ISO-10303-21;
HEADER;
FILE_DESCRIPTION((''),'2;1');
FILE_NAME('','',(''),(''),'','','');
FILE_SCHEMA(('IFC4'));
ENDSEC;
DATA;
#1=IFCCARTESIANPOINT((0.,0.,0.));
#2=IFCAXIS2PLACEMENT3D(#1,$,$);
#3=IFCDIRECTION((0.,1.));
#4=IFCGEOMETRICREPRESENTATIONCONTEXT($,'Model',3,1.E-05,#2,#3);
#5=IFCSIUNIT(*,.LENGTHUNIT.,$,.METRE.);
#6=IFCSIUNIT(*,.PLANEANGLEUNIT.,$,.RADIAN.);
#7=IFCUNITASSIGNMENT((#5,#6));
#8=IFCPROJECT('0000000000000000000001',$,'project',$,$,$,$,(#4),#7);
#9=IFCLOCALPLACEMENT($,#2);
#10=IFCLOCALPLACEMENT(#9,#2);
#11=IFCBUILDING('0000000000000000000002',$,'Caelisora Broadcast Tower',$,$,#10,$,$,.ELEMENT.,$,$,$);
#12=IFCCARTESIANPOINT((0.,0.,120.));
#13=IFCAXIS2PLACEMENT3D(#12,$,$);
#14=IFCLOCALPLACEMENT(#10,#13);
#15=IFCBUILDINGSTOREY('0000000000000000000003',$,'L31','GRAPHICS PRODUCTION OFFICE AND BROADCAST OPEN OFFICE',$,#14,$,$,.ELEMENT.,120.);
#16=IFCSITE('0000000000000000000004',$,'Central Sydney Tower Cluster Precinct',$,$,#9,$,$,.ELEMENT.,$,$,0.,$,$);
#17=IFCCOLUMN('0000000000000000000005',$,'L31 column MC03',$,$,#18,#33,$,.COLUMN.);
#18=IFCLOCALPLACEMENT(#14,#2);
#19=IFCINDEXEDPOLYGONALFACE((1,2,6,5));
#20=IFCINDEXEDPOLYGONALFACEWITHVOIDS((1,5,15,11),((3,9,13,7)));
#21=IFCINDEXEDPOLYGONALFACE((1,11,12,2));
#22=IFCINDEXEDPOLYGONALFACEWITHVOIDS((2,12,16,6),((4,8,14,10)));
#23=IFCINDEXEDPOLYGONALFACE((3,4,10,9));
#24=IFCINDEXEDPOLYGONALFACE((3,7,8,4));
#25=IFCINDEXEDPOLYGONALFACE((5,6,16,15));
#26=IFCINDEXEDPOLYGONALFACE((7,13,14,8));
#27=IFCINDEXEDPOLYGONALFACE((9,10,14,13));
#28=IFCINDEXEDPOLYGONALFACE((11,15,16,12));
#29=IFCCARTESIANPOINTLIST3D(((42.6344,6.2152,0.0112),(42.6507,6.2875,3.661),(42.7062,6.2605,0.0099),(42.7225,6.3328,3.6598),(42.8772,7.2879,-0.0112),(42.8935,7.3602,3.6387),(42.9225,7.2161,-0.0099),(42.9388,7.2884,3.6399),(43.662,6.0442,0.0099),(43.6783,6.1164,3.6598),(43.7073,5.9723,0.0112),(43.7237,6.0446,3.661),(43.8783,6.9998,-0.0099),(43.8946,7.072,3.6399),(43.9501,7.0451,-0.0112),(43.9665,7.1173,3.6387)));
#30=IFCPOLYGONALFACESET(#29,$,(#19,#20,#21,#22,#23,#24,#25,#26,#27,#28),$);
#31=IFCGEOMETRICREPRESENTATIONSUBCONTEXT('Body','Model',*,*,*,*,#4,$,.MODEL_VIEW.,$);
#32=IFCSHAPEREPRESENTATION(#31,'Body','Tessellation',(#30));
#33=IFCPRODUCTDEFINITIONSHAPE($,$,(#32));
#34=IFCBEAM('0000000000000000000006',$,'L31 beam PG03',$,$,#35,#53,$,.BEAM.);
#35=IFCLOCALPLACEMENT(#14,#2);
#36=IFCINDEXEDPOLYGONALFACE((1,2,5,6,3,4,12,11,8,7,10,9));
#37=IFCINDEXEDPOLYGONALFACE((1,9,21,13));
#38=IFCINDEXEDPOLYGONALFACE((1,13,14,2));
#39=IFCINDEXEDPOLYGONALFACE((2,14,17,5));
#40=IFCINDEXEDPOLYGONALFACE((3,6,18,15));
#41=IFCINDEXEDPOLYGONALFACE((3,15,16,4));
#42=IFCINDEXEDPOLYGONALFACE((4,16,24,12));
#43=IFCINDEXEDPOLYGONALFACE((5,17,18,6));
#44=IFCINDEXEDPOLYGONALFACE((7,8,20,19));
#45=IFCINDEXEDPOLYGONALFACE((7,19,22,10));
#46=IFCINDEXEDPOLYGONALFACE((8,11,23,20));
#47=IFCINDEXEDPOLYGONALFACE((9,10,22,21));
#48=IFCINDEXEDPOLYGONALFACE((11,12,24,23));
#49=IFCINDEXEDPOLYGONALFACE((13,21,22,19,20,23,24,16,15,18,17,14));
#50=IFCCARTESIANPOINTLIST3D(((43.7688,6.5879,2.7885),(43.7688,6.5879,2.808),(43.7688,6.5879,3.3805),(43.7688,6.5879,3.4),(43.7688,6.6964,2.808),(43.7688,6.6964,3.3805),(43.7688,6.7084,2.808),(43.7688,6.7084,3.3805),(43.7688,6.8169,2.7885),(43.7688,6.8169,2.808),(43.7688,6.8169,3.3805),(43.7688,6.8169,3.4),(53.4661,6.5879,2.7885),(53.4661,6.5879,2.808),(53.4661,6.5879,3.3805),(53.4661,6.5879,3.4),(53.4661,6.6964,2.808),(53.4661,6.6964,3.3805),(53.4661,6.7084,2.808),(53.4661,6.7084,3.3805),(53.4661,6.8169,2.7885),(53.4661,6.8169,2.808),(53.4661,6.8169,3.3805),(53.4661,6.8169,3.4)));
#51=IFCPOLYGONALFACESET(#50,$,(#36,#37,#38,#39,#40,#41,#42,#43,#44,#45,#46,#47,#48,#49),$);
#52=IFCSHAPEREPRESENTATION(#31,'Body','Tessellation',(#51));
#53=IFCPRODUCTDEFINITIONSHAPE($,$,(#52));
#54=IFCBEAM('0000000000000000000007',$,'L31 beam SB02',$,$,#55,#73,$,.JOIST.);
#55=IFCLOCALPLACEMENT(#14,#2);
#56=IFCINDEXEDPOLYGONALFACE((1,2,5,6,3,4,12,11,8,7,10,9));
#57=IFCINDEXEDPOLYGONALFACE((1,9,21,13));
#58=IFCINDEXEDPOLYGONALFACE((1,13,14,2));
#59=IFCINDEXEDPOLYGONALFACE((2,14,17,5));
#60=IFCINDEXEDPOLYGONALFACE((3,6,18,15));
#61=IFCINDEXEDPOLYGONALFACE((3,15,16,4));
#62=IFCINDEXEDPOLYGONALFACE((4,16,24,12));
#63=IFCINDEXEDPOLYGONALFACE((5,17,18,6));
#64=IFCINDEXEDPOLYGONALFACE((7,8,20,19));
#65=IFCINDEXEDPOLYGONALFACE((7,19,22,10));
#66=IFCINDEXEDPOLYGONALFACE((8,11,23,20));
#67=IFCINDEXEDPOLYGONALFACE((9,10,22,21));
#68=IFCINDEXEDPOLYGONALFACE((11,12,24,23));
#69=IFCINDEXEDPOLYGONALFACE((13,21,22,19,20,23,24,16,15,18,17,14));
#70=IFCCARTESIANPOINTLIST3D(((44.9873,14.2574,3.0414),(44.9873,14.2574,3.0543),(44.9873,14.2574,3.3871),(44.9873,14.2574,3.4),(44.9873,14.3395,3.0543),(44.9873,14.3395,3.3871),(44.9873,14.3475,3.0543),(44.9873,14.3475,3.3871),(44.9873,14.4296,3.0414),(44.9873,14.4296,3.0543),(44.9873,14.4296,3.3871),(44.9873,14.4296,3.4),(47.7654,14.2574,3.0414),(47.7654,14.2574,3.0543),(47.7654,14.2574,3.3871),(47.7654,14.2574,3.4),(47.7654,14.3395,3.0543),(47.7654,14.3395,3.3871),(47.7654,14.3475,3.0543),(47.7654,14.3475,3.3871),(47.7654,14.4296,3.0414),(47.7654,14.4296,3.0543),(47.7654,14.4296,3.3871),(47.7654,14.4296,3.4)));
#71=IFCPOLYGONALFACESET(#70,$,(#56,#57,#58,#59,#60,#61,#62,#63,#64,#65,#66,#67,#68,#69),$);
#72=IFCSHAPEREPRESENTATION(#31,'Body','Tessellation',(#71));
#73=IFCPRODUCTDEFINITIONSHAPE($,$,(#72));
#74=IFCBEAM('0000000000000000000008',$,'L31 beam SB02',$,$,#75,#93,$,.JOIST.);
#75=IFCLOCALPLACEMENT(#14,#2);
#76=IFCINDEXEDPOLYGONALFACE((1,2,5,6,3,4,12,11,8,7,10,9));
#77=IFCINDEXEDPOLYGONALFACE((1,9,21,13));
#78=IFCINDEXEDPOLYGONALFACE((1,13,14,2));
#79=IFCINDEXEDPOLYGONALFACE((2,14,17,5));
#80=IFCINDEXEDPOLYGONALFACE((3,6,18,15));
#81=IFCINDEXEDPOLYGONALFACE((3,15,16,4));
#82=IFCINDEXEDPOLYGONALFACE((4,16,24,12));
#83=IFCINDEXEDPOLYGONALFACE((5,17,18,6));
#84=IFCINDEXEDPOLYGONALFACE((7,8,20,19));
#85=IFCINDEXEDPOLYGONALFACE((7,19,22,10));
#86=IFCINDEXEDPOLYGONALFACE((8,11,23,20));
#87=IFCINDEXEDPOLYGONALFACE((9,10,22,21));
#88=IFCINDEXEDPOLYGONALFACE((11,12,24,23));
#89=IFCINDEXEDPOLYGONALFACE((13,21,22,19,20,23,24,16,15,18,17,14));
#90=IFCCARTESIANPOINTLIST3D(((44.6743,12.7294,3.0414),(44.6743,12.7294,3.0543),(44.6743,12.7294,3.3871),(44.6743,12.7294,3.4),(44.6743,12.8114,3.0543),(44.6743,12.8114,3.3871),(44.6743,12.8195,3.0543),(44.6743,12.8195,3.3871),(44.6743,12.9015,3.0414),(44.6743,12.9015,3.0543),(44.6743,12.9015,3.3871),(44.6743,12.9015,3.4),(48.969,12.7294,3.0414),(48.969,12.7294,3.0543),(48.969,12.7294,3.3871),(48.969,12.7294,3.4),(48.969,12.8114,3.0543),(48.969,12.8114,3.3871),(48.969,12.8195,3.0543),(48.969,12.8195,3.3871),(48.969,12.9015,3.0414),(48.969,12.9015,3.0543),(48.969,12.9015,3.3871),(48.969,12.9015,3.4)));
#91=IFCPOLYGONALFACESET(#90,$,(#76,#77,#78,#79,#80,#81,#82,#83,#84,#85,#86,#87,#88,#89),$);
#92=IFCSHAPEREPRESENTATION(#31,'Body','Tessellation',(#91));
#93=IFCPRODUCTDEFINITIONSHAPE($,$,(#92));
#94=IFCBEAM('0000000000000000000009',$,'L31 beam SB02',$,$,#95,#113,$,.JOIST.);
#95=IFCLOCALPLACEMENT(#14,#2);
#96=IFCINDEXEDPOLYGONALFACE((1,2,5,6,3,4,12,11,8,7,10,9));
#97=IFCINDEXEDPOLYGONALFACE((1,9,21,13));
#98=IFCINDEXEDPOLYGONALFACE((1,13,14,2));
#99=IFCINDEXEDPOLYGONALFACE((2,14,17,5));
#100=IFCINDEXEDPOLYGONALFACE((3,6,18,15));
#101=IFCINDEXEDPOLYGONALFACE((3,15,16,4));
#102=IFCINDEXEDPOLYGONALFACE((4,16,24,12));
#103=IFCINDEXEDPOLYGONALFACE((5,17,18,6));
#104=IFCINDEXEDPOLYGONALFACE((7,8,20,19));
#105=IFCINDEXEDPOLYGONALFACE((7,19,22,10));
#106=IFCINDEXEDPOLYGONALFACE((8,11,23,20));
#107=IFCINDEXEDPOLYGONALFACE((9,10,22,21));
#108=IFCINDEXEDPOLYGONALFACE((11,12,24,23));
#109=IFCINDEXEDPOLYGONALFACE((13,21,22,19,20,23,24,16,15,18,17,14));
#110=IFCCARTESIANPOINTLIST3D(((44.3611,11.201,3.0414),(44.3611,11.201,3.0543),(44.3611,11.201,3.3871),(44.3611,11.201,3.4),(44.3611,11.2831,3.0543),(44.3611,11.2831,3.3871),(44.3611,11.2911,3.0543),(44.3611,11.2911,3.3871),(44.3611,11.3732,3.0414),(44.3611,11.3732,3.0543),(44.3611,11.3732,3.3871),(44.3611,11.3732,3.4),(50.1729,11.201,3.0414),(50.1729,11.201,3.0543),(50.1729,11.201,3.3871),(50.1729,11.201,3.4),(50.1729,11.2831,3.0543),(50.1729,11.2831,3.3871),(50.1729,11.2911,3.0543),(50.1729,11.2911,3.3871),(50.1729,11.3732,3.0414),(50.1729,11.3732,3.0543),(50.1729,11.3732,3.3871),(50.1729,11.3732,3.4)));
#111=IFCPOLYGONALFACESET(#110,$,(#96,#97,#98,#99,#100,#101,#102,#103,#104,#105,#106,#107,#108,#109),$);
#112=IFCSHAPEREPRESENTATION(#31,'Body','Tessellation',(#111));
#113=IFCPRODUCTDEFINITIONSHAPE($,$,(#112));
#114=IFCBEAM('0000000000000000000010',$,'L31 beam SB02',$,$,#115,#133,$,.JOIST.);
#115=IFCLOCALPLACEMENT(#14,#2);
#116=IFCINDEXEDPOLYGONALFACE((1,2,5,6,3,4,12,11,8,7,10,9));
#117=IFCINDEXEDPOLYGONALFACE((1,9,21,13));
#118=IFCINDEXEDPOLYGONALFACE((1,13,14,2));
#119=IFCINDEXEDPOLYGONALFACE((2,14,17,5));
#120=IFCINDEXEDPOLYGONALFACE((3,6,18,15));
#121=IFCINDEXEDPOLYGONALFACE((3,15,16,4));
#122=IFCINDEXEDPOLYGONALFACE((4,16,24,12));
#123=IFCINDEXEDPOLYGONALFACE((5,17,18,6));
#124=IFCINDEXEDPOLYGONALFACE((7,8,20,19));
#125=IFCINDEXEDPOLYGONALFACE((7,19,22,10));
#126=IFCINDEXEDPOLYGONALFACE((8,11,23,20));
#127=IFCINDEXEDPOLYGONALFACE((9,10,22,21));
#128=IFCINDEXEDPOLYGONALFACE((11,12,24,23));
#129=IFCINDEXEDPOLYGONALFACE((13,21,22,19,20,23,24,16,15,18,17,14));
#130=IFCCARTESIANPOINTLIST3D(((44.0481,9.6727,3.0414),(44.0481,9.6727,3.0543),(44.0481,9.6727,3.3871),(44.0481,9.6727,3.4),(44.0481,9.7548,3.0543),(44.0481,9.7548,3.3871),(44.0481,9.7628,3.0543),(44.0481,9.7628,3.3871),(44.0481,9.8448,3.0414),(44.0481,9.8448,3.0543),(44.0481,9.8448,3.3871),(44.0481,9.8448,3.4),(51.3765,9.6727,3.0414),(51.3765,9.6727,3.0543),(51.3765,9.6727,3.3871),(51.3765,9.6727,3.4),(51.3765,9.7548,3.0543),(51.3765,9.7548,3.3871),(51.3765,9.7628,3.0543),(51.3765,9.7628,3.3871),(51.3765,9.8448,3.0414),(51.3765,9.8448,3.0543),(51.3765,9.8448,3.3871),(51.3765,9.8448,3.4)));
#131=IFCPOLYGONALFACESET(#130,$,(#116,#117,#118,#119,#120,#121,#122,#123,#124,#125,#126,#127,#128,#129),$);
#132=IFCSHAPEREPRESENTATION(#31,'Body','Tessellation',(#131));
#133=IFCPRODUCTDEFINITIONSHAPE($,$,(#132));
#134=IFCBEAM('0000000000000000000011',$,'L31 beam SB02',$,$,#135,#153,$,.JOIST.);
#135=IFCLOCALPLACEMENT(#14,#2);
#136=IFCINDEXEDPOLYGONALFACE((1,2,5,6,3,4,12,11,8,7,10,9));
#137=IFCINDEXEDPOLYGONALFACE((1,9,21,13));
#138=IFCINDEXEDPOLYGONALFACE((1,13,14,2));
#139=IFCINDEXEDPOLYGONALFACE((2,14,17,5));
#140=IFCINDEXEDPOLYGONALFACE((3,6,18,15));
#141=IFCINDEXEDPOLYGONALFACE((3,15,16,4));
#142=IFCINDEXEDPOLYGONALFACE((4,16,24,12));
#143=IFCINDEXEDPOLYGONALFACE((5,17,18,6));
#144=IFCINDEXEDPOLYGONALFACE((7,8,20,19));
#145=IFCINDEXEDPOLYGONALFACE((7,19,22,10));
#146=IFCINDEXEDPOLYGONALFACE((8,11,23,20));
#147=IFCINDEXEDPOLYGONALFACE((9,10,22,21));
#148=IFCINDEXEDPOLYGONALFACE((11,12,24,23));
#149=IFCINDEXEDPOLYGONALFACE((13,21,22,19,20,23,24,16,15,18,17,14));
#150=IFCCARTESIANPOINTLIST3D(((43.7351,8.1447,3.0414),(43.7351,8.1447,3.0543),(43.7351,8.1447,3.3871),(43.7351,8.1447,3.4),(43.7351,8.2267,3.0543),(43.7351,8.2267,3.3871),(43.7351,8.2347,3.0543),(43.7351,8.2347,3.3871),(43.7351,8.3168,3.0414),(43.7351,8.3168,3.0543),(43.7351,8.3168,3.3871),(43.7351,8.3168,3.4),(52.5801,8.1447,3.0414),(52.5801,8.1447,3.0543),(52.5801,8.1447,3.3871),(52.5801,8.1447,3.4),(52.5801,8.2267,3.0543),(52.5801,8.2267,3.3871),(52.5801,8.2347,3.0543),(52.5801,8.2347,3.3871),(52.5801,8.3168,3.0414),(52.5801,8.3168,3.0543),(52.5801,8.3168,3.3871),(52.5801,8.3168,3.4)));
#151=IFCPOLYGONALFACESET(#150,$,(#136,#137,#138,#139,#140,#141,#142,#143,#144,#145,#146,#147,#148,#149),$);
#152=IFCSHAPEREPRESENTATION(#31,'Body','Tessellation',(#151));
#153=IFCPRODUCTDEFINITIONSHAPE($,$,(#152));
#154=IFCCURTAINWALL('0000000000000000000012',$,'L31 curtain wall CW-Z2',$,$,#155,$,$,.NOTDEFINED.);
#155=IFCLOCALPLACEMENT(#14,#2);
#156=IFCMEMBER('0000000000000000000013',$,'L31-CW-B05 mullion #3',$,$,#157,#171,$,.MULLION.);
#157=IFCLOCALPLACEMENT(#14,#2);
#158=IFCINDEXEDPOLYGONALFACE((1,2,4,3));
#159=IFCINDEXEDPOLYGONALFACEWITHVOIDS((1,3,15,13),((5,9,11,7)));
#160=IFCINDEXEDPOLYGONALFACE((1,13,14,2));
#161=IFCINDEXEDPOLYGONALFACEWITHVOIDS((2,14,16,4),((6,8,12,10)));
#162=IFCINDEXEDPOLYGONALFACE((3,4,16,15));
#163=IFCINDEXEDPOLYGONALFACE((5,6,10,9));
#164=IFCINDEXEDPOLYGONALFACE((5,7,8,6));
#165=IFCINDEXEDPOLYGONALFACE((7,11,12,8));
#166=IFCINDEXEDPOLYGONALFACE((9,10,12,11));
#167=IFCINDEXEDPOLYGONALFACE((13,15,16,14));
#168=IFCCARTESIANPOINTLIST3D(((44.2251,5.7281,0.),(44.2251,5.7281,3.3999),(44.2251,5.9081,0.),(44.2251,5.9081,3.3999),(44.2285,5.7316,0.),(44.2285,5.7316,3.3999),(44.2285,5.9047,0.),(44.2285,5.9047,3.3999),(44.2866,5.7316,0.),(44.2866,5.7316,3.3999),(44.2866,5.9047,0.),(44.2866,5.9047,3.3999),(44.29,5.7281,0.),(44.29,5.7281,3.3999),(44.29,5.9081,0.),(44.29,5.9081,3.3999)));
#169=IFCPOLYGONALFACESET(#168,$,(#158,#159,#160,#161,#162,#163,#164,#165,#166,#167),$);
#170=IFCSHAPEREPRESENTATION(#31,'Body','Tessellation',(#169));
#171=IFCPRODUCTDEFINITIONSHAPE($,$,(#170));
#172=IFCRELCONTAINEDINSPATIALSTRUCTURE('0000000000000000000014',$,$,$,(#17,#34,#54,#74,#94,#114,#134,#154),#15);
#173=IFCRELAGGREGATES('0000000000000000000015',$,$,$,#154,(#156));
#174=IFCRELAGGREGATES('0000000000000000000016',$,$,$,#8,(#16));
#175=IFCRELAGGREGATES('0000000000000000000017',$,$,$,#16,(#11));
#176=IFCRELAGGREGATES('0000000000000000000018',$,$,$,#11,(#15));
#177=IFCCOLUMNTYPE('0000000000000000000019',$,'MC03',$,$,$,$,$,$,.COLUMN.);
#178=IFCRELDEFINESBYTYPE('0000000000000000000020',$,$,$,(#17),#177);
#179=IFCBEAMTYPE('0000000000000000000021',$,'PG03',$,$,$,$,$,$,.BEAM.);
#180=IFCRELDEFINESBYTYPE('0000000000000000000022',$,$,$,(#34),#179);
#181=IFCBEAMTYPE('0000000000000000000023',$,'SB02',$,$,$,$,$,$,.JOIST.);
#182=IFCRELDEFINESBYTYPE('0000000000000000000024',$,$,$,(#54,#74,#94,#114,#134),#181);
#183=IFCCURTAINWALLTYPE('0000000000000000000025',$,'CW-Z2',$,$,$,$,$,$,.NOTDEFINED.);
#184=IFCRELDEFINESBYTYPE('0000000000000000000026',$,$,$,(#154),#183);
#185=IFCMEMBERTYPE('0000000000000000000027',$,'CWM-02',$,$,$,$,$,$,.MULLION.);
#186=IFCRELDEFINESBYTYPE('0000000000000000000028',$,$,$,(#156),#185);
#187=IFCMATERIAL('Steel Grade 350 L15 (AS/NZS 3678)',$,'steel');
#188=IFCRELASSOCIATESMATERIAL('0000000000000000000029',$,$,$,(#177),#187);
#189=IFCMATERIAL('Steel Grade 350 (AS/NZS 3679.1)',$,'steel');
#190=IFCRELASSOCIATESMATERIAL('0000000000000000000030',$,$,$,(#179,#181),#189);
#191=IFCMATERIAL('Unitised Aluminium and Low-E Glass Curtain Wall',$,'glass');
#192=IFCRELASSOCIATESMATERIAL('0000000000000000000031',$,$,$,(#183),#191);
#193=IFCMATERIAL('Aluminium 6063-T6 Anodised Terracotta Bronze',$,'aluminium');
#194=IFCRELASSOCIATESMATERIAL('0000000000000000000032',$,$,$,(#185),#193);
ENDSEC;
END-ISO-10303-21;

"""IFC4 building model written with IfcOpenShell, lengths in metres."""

from ifc_helpers import new_model, si_unit, direction, frame, origin, origin_2d, place, context, subcontext, project, spatial, hollow_rectangle, i_section, extrude, source, transform, mapped, material, material_profile, profile_set, type_object, type_shapes, element, aggregate, save


model = new_model("IFC4")

# Units and contexts
model_context = context("Model", 3, precision=1e-05, world=origin(), true_north=direction((0.0, 1.0)))
body_context = subcontext(model_context, "Body", "Model", "MODEL_VIEW")
ifc_project = project(units=[si_unit("LENGTHUNIT", "METRE"), si_unit("PLANEANGLEUNIT", "RADIAN")], contexts=[model_context])

# Site, building, storey
site_placement = place(None, origin())
site = spatial("IfcSite", under=ifc_project, at=site_placement, Name="Central Sydney Tower Cluster Precinct", CompositionType="ELEMENT", RefElevation=0.0)
building_placement = place(site_placement, origin())
building = spatial("IfcBuilding", under=site, at=building_placement, Name="Caelisora Broadcast Tower", CompositionType="ELEMENT")
storey_placement = place(building_placement, frame((0.0, 0.0, 120.0)))
storey = spatial("IfcBuildingStorey", under=building, at=storey_placement, Name="L31", Description="GRAPHICS PRODUCTION OFFICE AND BROADCAST OPEN OFFICE", CompositionType="ELEMENT", Elevation=120.0)

# Column
ifc_material_1 = material(Name="Steel Grade 350 L15 (AS/NZS 3678)", Category="steel")
ifc_material_profile_1 = material_profile(ifc_material_1, hollow_rectangle(XDim=1.1001, YDim=1.1001, WallThickness=0.0601, at=origin_2d()), Name="Steel Grade 350 L15 (AS/NZS 3678)")
ifc_profile_set_1 = profile_set([ifc_material_profile_1], Name="Steel Grade 350 L15 (AS/NZS 3678)")
column_type = type_object("IfcColumnType", Name="MC03", PredefinedType="COLUMN", material=ifc_profile_set_1)
shared_shape_1 = source(origin(), body_context, "Body", "SweptSolid", [
    extrude(hollow_rectangle(XDim=1.1001, YDim=1.1001, WallThickness=0.0601, at=origin_2d()), origin(), (0.0, 0.0, 1.0), 3.6506),
])
type_shapes(column_type, [shared_shape_1])
column_placement = place(storey_placement, frame((43.2922, 6.6301, 0.0), z_axis=(0.004481, 0.019795, 0.999794), x_axis=(-0.975327, 0.220767, 0.0)))
element("IfcColumn", 1, at=column_placement, inside=storey, type_object=column_type, Name="L31 column MC03", PredefinedType="COLUMN", context=body_context, shape_type="MappedRepresentation", body=[
    mapped(shared_shape_1, transform((0.0, 0.0, 0.0), scale=1.0)),
])

# Beams
ifc_material_2 = material(Name="Steel Grade 350 (AS/NZS 3679.1)", Category="steel")
ifc_material_profile_2 = material_profile(ifc_material_2, i_section(OverallWidth=0.229, OverallDepth=0.6116, WebThickness=0.012, FlangeThickness=0.0195, at=origin_2d()), Name="Steel Grade 350 (AS/NZS 3679.1)")
ifc_profile_set_2 = profile_set([ifc_material_profile_2], Name="Steel Grade 350 (AS/NZS 3679.1)")
beam_type_1 = type_object("IfcBeamType", Name="PG03", PredefinedType="BEAM", material=ifc_profile_set_2)
shared_shape_2 = source(origin(), body_context, "Body", "SweptSolid", [
    extrude(i_section(OverallWidth=0.229, OverallDepth=0.6116, WebThickness=0.012, FlangeThickness=0.0195, at=origin_2d()), origin(), (0.0, 0.0, 1.0), 9.6973),
])
type_shapes(beam_type_1, [shared_shape_2])
beam_1_placement = place(storey_placement, frame((43.7688, 6.7024, 3.0942), z_axis=(1.0, 0.0, 0.0), x_axis=(0.0, 1.0, 0.0)))
element("IfcBeam", 2, at=beam_1_placement, inside=storey, type_object=beam_type_1, Name="L31 beam PG03", PredefinedType="BEAM", context=body_context, shape_type="MappedRepresentation", body=[
    mapped(shared_shape_2, transform((0.0, 0.0, 0.0), scale=1.0)),
])
ifc_material_profile_3 = material_profile(ifc_material_2, i_section(OverallWidth=0.1721, OverallDepth=0.3586, WebThickness=0.0081, FlangeThickness=0.0129, at=origin_2d()), Name="Steel Grade 350 (AS/NZS 3679.1)")
ifc_profile_set_3 = profile_set([ifc_material_profile_3], Name="Steel Grade 350 (AS/NZS 3679.1)")
beam_type_2 = type_object("IfcBeamType", Name="SB02", PredefinedType="JOIST", material=ifc_profile_set_3)
shared_shape_3 = source(origin(), body_context, "Body", "SweptSolid", [
    extrude(i_section(OverallWidth=0.1721, OverallDepth=0.3586, WebThickness=0.0081, FlangeThickness=0.0129, at=origin_2d()), origin(), (0.0, 0.0, 1.0), 2.7781),
])
beam_2_placement = place(storey_placement, frame((44.9873, 14.3435, 3.2207), z_axis=(1.0, 0.0, 0.0), x_axis=(0.0, 1.0, 0.0)))
element("IfcBeam", 3, at=beam_2_placement, inside=storey, type_object=beam_type_2, Name="L31 beam SB02", PredefinedType="JOIST", context=body_context, shape_type="MappedRepresentation", body=[
    mapped(shared_shape_3, transform((0.0, 0.0, 0.0), scale=1.0)),
])
shared_shape_4 = source(origin(), body_context, "Body", "SweptSolid", [
    extrude(i_section(OverallWidth=0.1721, OverallDepth=0.3586, WebThickness=0.0081, FlangeThickness=0.0129, at=origin_2d()), origin(), (0.0, 0.0, 1.0), 4.2947),
])
beam_3_placement = place(storey_placement, frame((44.6743, 12.8154, 3.2207), z_axis=(1.0, 0.0, 0.0), x_axis=(0.0, 1.0, 0.0)))
element("IfcBeam", 4, at=beam_3_placement, inside=storey, type_object=beam_type_2, Name="L31 beam SB02", PredefinedType="JOIST", context=body_context, shape_type="MappedRepresentation", body=[
    mapped(shared_shape_4, transform((0.0, 0.0, 0.0), scale=1.0)),
])
shared_shape_5 = source(origin(), body_context, "Body", "SweptSolid", [
    extrude(i_section(OverallWidth=0.1721, OverallDepth=0.3586, WebThickness=0.0081, FlangeThickness=0.0129, at=origin_2d()), origin(), (0.0, 0.0, 1.0), 5.8118),
])
beam_4_placement = place(storey_placement, frame((44.3611, 11.2871, 3.2207), z_axis=(1.0, 0.0, 0.0), x_axis=(0.0, 1.0, 0.0)))
element("IfcBeam", 5, at=beam_4_placement, inside=storey, type_object=beam_type_2, Name="L31 beam SB02", PredefinedType="JOIST", context=body_context, shape_type="MappedRepresentation", body=[
    mapped(shared_shape_5, transform((0.0, 0.0, 0.0), scale=1.0)),
])
shared_shape_6 = source(origin(), body_context, "Body", "SweptSolid", [
    extrude(i_section(OverallWidth=0.1721, OverallDepth=0.3586, WebThickness=0.0081, FlangeThickness=0.0129, at=origin_2d()), origin(), (0.0, 0.0, 1.0), 7.3284),
])
beam_5_placement = place(storey_placement, frame((44.0481, 9.7588, 3.2207), z_axis=(1.0, 0.0, 0.0), x_axis=(0.0, 1.0, 0.0)))
element("IfcBeam", 6, at=beam_5_placement, inside=storey, type_object=beam_type_2, Name="L31 beam SB02", PredefinedType="JOIST", context=body_context, shape_type="MappedRepresentation", body=[
    mapped(shared_shape_6, transform((0.0, 0.0, 0.0), scale=1.0)),
])
shared_shape_7 = source(origin(), body_context, "Body", "SweptSolid", [
    extrude(i_section(OverallWidth=0.1721, OverallDepth=0.3586, WebThickness=0.0081, FlangeThickness=0.0129, at=origin_2d()), origin(), (0.0, 0.0, 1.0), 8.845),
])
type_shapes(beam_type_2, [shared_shape_3, shared_shape_4, shared_shape_5, shared_shape_6, shared_shape_7])
beam_6_placement = place(storey_placement, frame((43.7351, 8.2307, 3.2207), z_axis=(1.0, 0.0, 0.0), x_axis=(0.0, 1.0, 0.0)))
element("IfcBeam", 7, at=beam_6_placement, inside=storey, type_object=beam_type_2, Name="L31 beam SB02", PredefinedType="JOIST", context=body_context, shape_type="MappedRepresentation", body=[
    mapped(shared_shape_7, transform((0.0, 0.0, 0.0), scale=1.0)),
])

# Curtain wall, member
ifc_material_3 = material(Name="Unitised Aluminium and Low-E Glass Curtain Wall", Category="glass")
curtain_wall_type_1 = type_object("IfcCurtainWallType", Name="CW-Z2", PredefinedType="NOTDEFINED", material=ifc_material_3)
curtain_wall_1_placement = place(storey_placement, origin())
curtain_wall_1 = element("IfcCurtainWall", 8, at=curtain_wall_1_placement, inside=storey, type_object=curtain_wall_type_1, Name="L31 curtain wall CW-Z2", PredefinedType="NOTDEFINED")
ifc_material_4 = material(Name="Aluminium 6063-T6 Anodised Terracotta Bronze", Category="aluminium")
ifc_material_profile_4 = material_profile(ifc_material_4, hollow_rectangle(XDim=0.0649, YDim=0.1799, WallThickness=0.0034, at=origin_2d()), Name="Aluminium 6063-T6 Anodised Terracotta Bronze")
ifc_profile_set_4 = profile_set([ifc_material_profile_4], Name="Aluminium 6063-T6 Anodised Terracotta Bronze")
member_type_1 = type_object("IfcMemberType", Name="CWM-02", PredefinedType="MULLION", material=ifc_profile_set_4)
shared_shape_8 = source(origin(), body_context, "Body", "SweptSolid", [
    extrude(hollow_rectangle(XDim=0.0649, YDim=0.1799, WallThickness=0.0034, at=origin_2d()), origin(), (0.0, 0.0, 1.0), 3.3999),
])
type_shapes(member_type_1, [shared_shape_8])
member_1_placement = place(storey_placement, frame((44.2576, 5.8181, 0.0), z_axis=(0.0, 0.0, 1.0), x_axis=(1.0, 0.0, 0.0)))
member_1 = element("IfcMember", 9, at=member_1_placement, type_object=member_type_1, Name="L31-CW-B05 mullion #3", PredefinedType="MULLION", context=body_context, shape_type="MappedRepresentation", body=[
    mapped(shared_shape_8, transform((0.0, 0.0, 0.0), scale=1.0)),
])
aggregate(curtain_wall_1, [member_1])

save(model, "model.ifc")
